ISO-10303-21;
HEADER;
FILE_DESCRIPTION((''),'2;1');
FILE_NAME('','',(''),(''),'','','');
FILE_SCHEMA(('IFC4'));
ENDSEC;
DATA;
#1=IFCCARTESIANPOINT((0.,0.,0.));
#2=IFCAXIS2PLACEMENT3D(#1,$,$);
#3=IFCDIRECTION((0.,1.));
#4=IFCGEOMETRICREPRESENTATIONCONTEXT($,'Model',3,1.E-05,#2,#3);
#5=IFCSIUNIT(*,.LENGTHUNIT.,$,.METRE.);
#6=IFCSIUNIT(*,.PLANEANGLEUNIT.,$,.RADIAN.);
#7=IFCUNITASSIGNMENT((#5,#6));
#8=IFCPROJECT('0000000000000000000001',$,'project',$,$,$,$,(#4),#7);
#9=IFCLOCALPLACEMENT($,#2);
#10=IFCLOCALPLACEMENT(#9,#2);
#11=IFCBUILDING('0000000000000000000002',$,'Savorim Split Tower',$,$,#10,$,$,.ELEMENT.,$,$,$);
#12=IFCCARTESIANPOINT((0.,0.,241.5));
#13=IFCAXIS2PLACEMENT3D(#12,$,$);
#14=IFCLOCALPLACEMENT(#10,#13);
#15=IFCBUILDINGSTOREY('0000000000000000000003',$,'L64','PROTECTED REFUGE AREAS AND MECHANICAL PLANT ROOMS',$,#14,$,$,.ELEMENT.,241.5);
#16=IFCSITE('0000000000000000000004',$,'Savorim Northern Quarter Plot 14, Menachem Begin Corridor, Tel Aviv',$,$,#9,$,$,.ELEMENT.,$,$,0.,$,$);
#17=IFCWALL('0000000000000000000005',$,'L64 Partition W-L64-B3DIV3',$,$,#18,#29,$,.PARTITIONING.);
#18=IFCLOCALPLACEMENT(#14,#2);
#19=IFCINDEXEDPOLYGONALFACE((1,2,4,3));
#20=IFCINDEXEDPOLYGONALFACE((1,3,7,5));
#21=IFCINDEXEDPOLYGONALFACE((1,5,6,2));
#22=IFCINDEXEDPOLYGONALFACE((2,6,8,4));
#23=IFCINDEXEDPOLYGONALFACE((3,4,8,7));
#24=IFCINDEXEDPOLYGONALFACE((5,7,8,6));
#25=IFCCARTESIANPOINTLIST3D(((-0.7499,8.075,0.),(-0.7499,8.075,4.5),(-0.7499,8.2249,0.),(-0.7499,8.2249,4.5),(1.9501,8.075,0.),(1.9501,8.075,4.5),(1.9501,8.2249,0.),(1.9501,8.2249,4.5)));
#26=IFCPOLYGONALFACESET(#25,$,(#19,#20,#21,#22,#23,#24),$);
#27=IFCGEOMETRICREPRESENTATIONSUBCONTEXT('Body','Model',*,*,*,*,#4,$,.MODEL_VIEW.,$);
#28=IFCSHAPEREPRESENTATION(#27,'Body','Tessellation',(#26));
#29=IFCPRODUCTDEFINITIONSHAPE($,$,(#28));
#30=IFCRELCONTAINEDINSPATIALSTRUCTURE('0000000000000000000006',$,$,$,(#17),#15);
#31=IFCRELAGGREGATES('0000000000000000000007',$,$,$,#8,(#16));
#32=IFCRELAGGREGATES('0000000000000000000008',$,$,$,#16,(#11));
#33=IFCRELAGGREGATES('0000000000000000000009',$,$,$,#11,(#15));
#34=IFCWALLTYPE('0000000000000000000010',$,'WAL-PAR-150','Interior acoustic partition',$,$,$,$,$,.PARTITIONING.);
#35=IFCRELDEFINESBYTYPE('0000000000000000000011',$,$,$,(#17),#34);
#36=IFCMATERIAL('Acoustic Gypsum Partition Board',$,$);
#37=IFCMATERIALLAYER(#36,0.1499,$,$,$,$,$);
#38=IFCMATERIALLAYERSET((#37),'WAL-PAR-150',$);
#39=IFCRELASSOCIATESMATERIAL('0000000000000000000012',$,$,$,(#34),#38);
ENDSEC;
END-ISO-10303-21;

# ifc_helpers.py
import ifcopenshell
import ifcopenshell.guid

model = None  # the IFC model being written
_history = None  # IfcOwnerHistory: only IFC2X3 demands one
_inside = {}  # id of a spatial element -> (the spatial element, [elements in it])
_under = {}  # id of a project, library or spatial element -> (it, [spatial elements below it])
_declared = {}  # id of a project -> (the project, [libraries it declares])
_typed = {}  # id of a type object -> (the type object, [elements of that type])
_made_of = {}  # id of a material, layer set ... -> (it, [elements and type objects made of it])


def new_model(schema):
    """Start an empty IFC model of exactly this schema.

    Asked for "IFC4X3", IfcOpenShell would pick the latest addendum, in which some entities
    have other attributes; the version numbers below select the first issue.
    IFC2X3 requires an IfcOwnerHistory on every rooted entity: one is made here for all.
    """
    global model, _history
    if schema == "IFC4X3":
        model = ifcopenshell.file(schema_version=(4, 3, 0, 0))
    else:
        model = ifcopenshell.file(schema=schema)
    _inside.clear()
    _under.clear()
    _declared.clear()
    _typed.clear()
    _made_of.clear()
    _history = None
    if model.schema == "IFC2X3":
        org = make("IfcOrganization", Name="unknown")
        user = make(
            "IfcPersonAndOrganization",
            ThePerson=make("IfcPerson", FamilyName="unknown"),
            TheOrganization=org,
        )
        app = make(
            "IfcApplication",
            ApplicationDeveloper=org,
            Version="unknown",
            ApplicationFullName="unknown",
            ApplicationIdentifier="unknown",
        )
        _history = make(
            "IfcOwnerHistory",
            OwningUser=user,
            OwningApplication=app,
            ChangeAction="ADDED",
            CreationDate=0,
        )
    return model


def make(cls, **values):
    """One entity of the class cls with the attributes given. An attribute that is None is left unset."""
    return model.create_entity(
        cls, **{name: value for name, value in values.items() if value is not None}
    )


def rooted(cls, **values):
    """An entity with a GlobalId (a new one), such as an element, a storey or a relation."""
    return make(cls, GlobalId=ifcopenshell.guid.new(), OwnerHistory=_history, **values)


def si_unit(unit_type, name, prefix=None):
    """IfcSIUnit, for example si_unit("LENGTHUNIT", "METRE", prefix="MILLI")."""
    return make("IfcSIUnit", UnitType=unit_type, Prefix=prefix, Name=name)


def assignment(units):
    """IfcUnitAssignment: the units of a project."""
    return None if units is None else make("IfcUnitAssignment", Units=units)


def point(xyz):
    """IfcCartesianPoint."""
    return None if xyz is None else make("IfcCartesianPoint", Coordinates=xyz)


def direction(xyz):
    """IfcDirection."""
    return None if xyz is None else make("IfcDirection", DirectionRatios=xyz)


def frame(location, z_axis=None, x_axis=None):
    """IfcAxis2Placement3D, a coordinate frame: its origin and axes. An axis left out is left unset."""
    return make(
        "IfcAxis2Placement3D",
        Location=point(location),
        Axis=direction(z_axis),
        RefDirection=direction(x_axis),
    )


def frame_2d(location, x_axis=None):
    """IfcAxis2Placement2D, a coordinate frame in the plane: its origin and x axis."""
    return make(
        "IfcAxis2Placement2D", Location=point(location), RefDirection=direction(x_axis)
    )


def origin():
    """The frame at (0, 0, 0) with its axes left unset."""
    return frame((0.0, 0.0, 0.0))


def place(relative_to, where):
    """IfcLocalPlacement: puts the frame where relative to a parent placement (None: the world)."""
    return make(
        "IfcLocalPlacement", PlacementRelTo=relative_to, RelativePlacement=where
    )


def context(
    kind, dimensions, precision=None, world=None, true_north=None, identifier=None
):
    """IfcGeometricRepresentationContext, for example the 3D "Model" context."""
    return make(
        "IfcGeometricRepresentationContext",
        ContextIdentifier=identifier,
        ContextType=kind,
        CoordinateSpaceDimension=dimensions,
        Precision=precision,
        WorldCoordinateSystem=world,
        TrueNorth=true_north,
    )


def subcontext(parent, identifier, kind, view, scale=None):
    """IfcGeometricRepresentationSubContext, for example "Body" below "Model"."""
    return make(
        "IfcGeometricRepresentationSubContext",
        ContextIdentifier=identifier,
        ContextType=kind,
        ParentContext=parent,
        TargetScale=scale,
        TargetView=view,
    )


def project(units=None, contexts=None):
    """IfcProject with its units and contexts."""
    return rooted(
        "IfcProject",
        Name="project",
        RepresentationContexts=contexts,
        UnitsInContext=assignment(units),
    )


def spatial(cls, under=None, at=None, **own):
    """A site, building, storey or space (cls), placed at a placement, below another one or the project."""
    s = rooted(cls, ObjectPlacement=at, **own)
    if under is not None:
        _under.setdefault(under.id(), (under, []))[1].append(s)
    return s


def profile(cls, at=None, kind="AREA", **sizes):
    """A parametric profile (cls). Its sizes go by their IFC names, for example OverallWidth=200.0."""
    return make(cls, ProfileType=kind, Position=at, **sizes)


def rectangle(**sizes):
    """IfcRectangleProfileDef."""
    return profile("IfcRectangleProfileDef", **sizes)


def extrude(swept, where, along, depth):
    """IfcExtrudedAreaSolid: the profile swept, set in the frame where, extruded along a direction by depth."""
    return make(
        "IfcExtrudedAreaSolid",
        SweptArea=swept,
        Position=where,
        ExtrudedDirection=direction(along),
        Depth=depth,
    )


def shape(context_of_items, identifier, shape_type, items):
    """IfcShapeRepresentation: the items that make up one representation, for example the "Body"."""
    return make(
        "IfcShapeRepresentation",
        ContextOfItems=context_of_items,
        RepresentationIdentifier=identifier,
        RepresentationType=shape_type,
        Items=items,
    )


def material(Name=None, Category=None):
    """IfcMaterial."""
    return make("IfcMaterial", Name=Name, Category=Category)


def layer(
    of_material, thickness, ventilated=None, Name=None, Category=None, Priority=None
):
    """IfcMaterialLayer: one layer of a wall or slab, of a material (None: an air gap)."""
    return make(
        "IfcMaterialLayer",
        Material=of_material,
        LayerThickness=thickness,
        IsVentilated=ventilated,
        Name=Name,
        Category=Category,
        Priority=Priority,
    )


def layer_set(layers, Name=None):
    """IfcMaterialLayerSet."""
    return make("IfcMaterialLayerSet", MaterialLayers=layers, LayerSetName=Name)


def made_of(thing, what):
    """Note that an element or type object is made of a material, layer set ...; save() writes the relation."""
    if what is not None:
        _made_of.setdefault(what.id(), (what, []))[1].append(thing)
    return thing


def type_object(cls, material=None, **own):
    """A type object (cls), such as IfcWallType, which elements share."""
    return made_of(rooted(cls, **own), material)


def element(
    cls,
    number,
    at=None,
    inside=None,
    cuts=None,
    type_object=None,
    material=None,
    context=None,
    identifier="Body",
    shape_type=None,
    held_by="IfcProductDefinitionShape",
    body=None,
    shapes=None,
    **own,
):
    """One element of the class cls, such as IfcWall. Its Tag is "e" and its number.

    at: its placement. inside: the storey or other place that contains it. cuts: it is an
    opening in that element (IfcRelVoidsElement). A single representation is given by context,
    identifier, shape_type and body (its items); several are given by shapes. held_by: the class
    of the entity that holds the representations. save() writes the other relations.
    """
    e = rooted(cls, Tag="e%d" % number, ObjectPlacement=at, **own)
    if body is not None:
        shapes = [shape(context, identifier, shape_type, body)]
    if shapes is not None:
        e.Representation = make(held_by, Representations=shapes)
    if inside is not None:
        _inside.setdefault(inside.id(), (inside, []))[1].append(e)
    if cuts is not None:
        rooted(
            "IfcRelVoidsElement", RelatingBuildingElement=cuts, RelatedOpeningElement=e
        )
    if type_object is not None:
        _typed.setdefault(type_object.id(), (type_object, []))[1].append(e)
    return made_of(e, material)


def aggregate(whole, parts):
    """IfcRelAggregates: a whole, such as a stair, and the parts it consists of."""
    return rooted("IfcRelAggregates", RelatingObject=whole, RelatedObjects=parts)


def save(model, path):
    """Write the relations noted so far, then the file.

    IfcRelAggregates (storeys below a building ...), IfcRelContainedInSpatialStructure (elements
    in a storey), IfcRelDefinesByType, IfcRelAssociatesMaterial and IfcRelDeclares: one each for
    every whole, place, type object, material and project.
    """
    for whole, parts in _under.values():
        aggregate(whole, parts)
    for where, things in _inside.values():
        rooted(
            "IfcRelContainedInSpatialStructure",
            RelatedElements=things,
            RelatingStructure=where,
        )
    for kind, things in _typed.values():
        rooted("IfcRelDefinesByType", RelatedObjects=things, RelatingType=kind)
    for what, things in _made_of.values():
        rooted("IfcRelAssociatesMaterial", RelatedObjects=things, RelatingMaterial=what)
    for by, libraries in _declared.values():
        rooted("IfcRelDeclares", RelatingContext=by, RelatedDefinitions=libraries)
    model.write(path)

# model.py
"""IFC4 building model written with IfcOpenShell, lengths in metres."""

from ifc_helpers import new_model, si_unit, direction, frame, frame_2d, origin, place, context, subcontext, project, spatial, rectangle, extrude, material, layer, layer_set, type_object, element, save


model = new_model("IFC4")

# Units and contexts
model_context = context("Model", 3, precision=1e-05, world=origin(), true_north=direction((0.0, 1.0)))
body_context = subcontext(model_context, "Body", "Model", "MODEL_VIEW")
ifc_project = project(units=[si_unit("LENGTHUNIT", "METRE"), si_unit("PLANEANGLEUNIT", "RADIAN")], contexts=[model_context])

# Site, building, storey
site_placement = place(None, origin())
site = spatial("IfcSite", under=ifc_project, at=site_placement, Name="Savorim Northern Quarter Plot 14, Menachem Begin Corridor, Tel Aviv", CompositionType="ELEMENT", RefElevation=0.0)
building_placement = place(site_placement, origin())
building = spatial("IfcBuilding", under=site, at=building_placement, Name="Savorim Split Tower", CompositionType="ELEMENT")
storey_placement = place(building_placement, frame((0.0, 0.0, 241.5)))
storey = spatial("IfcBuildingStorey", under=building, at=storey_placement, Name="L64", Description="PROTECTED REFUGE AREAS AND MECHANICAL PLANT ROOMS", CompositionType="ELEMENT", Elevation=241.5)

# Wall
ifc_material_1 = material(Name="Acoustic Gypsum Partition Board")
ifc_layer_1 = layer(ifc_material_1, 0.1499)
ifc_layer_set_1 = layer_set([ifc_layer_1], Name="WAL-PAR-150")
wall_type_1 = type_object("IfcWallType", Name="WAL-PAR-150", Description="Interior acoustic partition", PredefinedType="PARTITIONING", material=ifc_layer_set_1)
for number, where, z_axis, x_axis, name in (
    (1, (-0.75, 8.1499, 0.0), (0.0, 0.0, 1.0), (1.0, 0.0, 0.0), "L64 Partition W-L64-B3DIV3"),
):
    element("IfcWall", number, at=place(storey_placement, frame(where, z_axis=z_axis, x_axis=x_axis)), inside=storey, type_object=wall_type_1, Name=name, PredefinedType="PARTITIONING", context=body_context, shape_type="SweptSolid", body=[
        extrude(rectangle(XDim=2.7, YDim=0.1499, at=frame_2d((1.3501, 0.0))), origin(), (0.0, 0.0, 1.0), 4.5),
    ])

save(model, "model.ifc")
